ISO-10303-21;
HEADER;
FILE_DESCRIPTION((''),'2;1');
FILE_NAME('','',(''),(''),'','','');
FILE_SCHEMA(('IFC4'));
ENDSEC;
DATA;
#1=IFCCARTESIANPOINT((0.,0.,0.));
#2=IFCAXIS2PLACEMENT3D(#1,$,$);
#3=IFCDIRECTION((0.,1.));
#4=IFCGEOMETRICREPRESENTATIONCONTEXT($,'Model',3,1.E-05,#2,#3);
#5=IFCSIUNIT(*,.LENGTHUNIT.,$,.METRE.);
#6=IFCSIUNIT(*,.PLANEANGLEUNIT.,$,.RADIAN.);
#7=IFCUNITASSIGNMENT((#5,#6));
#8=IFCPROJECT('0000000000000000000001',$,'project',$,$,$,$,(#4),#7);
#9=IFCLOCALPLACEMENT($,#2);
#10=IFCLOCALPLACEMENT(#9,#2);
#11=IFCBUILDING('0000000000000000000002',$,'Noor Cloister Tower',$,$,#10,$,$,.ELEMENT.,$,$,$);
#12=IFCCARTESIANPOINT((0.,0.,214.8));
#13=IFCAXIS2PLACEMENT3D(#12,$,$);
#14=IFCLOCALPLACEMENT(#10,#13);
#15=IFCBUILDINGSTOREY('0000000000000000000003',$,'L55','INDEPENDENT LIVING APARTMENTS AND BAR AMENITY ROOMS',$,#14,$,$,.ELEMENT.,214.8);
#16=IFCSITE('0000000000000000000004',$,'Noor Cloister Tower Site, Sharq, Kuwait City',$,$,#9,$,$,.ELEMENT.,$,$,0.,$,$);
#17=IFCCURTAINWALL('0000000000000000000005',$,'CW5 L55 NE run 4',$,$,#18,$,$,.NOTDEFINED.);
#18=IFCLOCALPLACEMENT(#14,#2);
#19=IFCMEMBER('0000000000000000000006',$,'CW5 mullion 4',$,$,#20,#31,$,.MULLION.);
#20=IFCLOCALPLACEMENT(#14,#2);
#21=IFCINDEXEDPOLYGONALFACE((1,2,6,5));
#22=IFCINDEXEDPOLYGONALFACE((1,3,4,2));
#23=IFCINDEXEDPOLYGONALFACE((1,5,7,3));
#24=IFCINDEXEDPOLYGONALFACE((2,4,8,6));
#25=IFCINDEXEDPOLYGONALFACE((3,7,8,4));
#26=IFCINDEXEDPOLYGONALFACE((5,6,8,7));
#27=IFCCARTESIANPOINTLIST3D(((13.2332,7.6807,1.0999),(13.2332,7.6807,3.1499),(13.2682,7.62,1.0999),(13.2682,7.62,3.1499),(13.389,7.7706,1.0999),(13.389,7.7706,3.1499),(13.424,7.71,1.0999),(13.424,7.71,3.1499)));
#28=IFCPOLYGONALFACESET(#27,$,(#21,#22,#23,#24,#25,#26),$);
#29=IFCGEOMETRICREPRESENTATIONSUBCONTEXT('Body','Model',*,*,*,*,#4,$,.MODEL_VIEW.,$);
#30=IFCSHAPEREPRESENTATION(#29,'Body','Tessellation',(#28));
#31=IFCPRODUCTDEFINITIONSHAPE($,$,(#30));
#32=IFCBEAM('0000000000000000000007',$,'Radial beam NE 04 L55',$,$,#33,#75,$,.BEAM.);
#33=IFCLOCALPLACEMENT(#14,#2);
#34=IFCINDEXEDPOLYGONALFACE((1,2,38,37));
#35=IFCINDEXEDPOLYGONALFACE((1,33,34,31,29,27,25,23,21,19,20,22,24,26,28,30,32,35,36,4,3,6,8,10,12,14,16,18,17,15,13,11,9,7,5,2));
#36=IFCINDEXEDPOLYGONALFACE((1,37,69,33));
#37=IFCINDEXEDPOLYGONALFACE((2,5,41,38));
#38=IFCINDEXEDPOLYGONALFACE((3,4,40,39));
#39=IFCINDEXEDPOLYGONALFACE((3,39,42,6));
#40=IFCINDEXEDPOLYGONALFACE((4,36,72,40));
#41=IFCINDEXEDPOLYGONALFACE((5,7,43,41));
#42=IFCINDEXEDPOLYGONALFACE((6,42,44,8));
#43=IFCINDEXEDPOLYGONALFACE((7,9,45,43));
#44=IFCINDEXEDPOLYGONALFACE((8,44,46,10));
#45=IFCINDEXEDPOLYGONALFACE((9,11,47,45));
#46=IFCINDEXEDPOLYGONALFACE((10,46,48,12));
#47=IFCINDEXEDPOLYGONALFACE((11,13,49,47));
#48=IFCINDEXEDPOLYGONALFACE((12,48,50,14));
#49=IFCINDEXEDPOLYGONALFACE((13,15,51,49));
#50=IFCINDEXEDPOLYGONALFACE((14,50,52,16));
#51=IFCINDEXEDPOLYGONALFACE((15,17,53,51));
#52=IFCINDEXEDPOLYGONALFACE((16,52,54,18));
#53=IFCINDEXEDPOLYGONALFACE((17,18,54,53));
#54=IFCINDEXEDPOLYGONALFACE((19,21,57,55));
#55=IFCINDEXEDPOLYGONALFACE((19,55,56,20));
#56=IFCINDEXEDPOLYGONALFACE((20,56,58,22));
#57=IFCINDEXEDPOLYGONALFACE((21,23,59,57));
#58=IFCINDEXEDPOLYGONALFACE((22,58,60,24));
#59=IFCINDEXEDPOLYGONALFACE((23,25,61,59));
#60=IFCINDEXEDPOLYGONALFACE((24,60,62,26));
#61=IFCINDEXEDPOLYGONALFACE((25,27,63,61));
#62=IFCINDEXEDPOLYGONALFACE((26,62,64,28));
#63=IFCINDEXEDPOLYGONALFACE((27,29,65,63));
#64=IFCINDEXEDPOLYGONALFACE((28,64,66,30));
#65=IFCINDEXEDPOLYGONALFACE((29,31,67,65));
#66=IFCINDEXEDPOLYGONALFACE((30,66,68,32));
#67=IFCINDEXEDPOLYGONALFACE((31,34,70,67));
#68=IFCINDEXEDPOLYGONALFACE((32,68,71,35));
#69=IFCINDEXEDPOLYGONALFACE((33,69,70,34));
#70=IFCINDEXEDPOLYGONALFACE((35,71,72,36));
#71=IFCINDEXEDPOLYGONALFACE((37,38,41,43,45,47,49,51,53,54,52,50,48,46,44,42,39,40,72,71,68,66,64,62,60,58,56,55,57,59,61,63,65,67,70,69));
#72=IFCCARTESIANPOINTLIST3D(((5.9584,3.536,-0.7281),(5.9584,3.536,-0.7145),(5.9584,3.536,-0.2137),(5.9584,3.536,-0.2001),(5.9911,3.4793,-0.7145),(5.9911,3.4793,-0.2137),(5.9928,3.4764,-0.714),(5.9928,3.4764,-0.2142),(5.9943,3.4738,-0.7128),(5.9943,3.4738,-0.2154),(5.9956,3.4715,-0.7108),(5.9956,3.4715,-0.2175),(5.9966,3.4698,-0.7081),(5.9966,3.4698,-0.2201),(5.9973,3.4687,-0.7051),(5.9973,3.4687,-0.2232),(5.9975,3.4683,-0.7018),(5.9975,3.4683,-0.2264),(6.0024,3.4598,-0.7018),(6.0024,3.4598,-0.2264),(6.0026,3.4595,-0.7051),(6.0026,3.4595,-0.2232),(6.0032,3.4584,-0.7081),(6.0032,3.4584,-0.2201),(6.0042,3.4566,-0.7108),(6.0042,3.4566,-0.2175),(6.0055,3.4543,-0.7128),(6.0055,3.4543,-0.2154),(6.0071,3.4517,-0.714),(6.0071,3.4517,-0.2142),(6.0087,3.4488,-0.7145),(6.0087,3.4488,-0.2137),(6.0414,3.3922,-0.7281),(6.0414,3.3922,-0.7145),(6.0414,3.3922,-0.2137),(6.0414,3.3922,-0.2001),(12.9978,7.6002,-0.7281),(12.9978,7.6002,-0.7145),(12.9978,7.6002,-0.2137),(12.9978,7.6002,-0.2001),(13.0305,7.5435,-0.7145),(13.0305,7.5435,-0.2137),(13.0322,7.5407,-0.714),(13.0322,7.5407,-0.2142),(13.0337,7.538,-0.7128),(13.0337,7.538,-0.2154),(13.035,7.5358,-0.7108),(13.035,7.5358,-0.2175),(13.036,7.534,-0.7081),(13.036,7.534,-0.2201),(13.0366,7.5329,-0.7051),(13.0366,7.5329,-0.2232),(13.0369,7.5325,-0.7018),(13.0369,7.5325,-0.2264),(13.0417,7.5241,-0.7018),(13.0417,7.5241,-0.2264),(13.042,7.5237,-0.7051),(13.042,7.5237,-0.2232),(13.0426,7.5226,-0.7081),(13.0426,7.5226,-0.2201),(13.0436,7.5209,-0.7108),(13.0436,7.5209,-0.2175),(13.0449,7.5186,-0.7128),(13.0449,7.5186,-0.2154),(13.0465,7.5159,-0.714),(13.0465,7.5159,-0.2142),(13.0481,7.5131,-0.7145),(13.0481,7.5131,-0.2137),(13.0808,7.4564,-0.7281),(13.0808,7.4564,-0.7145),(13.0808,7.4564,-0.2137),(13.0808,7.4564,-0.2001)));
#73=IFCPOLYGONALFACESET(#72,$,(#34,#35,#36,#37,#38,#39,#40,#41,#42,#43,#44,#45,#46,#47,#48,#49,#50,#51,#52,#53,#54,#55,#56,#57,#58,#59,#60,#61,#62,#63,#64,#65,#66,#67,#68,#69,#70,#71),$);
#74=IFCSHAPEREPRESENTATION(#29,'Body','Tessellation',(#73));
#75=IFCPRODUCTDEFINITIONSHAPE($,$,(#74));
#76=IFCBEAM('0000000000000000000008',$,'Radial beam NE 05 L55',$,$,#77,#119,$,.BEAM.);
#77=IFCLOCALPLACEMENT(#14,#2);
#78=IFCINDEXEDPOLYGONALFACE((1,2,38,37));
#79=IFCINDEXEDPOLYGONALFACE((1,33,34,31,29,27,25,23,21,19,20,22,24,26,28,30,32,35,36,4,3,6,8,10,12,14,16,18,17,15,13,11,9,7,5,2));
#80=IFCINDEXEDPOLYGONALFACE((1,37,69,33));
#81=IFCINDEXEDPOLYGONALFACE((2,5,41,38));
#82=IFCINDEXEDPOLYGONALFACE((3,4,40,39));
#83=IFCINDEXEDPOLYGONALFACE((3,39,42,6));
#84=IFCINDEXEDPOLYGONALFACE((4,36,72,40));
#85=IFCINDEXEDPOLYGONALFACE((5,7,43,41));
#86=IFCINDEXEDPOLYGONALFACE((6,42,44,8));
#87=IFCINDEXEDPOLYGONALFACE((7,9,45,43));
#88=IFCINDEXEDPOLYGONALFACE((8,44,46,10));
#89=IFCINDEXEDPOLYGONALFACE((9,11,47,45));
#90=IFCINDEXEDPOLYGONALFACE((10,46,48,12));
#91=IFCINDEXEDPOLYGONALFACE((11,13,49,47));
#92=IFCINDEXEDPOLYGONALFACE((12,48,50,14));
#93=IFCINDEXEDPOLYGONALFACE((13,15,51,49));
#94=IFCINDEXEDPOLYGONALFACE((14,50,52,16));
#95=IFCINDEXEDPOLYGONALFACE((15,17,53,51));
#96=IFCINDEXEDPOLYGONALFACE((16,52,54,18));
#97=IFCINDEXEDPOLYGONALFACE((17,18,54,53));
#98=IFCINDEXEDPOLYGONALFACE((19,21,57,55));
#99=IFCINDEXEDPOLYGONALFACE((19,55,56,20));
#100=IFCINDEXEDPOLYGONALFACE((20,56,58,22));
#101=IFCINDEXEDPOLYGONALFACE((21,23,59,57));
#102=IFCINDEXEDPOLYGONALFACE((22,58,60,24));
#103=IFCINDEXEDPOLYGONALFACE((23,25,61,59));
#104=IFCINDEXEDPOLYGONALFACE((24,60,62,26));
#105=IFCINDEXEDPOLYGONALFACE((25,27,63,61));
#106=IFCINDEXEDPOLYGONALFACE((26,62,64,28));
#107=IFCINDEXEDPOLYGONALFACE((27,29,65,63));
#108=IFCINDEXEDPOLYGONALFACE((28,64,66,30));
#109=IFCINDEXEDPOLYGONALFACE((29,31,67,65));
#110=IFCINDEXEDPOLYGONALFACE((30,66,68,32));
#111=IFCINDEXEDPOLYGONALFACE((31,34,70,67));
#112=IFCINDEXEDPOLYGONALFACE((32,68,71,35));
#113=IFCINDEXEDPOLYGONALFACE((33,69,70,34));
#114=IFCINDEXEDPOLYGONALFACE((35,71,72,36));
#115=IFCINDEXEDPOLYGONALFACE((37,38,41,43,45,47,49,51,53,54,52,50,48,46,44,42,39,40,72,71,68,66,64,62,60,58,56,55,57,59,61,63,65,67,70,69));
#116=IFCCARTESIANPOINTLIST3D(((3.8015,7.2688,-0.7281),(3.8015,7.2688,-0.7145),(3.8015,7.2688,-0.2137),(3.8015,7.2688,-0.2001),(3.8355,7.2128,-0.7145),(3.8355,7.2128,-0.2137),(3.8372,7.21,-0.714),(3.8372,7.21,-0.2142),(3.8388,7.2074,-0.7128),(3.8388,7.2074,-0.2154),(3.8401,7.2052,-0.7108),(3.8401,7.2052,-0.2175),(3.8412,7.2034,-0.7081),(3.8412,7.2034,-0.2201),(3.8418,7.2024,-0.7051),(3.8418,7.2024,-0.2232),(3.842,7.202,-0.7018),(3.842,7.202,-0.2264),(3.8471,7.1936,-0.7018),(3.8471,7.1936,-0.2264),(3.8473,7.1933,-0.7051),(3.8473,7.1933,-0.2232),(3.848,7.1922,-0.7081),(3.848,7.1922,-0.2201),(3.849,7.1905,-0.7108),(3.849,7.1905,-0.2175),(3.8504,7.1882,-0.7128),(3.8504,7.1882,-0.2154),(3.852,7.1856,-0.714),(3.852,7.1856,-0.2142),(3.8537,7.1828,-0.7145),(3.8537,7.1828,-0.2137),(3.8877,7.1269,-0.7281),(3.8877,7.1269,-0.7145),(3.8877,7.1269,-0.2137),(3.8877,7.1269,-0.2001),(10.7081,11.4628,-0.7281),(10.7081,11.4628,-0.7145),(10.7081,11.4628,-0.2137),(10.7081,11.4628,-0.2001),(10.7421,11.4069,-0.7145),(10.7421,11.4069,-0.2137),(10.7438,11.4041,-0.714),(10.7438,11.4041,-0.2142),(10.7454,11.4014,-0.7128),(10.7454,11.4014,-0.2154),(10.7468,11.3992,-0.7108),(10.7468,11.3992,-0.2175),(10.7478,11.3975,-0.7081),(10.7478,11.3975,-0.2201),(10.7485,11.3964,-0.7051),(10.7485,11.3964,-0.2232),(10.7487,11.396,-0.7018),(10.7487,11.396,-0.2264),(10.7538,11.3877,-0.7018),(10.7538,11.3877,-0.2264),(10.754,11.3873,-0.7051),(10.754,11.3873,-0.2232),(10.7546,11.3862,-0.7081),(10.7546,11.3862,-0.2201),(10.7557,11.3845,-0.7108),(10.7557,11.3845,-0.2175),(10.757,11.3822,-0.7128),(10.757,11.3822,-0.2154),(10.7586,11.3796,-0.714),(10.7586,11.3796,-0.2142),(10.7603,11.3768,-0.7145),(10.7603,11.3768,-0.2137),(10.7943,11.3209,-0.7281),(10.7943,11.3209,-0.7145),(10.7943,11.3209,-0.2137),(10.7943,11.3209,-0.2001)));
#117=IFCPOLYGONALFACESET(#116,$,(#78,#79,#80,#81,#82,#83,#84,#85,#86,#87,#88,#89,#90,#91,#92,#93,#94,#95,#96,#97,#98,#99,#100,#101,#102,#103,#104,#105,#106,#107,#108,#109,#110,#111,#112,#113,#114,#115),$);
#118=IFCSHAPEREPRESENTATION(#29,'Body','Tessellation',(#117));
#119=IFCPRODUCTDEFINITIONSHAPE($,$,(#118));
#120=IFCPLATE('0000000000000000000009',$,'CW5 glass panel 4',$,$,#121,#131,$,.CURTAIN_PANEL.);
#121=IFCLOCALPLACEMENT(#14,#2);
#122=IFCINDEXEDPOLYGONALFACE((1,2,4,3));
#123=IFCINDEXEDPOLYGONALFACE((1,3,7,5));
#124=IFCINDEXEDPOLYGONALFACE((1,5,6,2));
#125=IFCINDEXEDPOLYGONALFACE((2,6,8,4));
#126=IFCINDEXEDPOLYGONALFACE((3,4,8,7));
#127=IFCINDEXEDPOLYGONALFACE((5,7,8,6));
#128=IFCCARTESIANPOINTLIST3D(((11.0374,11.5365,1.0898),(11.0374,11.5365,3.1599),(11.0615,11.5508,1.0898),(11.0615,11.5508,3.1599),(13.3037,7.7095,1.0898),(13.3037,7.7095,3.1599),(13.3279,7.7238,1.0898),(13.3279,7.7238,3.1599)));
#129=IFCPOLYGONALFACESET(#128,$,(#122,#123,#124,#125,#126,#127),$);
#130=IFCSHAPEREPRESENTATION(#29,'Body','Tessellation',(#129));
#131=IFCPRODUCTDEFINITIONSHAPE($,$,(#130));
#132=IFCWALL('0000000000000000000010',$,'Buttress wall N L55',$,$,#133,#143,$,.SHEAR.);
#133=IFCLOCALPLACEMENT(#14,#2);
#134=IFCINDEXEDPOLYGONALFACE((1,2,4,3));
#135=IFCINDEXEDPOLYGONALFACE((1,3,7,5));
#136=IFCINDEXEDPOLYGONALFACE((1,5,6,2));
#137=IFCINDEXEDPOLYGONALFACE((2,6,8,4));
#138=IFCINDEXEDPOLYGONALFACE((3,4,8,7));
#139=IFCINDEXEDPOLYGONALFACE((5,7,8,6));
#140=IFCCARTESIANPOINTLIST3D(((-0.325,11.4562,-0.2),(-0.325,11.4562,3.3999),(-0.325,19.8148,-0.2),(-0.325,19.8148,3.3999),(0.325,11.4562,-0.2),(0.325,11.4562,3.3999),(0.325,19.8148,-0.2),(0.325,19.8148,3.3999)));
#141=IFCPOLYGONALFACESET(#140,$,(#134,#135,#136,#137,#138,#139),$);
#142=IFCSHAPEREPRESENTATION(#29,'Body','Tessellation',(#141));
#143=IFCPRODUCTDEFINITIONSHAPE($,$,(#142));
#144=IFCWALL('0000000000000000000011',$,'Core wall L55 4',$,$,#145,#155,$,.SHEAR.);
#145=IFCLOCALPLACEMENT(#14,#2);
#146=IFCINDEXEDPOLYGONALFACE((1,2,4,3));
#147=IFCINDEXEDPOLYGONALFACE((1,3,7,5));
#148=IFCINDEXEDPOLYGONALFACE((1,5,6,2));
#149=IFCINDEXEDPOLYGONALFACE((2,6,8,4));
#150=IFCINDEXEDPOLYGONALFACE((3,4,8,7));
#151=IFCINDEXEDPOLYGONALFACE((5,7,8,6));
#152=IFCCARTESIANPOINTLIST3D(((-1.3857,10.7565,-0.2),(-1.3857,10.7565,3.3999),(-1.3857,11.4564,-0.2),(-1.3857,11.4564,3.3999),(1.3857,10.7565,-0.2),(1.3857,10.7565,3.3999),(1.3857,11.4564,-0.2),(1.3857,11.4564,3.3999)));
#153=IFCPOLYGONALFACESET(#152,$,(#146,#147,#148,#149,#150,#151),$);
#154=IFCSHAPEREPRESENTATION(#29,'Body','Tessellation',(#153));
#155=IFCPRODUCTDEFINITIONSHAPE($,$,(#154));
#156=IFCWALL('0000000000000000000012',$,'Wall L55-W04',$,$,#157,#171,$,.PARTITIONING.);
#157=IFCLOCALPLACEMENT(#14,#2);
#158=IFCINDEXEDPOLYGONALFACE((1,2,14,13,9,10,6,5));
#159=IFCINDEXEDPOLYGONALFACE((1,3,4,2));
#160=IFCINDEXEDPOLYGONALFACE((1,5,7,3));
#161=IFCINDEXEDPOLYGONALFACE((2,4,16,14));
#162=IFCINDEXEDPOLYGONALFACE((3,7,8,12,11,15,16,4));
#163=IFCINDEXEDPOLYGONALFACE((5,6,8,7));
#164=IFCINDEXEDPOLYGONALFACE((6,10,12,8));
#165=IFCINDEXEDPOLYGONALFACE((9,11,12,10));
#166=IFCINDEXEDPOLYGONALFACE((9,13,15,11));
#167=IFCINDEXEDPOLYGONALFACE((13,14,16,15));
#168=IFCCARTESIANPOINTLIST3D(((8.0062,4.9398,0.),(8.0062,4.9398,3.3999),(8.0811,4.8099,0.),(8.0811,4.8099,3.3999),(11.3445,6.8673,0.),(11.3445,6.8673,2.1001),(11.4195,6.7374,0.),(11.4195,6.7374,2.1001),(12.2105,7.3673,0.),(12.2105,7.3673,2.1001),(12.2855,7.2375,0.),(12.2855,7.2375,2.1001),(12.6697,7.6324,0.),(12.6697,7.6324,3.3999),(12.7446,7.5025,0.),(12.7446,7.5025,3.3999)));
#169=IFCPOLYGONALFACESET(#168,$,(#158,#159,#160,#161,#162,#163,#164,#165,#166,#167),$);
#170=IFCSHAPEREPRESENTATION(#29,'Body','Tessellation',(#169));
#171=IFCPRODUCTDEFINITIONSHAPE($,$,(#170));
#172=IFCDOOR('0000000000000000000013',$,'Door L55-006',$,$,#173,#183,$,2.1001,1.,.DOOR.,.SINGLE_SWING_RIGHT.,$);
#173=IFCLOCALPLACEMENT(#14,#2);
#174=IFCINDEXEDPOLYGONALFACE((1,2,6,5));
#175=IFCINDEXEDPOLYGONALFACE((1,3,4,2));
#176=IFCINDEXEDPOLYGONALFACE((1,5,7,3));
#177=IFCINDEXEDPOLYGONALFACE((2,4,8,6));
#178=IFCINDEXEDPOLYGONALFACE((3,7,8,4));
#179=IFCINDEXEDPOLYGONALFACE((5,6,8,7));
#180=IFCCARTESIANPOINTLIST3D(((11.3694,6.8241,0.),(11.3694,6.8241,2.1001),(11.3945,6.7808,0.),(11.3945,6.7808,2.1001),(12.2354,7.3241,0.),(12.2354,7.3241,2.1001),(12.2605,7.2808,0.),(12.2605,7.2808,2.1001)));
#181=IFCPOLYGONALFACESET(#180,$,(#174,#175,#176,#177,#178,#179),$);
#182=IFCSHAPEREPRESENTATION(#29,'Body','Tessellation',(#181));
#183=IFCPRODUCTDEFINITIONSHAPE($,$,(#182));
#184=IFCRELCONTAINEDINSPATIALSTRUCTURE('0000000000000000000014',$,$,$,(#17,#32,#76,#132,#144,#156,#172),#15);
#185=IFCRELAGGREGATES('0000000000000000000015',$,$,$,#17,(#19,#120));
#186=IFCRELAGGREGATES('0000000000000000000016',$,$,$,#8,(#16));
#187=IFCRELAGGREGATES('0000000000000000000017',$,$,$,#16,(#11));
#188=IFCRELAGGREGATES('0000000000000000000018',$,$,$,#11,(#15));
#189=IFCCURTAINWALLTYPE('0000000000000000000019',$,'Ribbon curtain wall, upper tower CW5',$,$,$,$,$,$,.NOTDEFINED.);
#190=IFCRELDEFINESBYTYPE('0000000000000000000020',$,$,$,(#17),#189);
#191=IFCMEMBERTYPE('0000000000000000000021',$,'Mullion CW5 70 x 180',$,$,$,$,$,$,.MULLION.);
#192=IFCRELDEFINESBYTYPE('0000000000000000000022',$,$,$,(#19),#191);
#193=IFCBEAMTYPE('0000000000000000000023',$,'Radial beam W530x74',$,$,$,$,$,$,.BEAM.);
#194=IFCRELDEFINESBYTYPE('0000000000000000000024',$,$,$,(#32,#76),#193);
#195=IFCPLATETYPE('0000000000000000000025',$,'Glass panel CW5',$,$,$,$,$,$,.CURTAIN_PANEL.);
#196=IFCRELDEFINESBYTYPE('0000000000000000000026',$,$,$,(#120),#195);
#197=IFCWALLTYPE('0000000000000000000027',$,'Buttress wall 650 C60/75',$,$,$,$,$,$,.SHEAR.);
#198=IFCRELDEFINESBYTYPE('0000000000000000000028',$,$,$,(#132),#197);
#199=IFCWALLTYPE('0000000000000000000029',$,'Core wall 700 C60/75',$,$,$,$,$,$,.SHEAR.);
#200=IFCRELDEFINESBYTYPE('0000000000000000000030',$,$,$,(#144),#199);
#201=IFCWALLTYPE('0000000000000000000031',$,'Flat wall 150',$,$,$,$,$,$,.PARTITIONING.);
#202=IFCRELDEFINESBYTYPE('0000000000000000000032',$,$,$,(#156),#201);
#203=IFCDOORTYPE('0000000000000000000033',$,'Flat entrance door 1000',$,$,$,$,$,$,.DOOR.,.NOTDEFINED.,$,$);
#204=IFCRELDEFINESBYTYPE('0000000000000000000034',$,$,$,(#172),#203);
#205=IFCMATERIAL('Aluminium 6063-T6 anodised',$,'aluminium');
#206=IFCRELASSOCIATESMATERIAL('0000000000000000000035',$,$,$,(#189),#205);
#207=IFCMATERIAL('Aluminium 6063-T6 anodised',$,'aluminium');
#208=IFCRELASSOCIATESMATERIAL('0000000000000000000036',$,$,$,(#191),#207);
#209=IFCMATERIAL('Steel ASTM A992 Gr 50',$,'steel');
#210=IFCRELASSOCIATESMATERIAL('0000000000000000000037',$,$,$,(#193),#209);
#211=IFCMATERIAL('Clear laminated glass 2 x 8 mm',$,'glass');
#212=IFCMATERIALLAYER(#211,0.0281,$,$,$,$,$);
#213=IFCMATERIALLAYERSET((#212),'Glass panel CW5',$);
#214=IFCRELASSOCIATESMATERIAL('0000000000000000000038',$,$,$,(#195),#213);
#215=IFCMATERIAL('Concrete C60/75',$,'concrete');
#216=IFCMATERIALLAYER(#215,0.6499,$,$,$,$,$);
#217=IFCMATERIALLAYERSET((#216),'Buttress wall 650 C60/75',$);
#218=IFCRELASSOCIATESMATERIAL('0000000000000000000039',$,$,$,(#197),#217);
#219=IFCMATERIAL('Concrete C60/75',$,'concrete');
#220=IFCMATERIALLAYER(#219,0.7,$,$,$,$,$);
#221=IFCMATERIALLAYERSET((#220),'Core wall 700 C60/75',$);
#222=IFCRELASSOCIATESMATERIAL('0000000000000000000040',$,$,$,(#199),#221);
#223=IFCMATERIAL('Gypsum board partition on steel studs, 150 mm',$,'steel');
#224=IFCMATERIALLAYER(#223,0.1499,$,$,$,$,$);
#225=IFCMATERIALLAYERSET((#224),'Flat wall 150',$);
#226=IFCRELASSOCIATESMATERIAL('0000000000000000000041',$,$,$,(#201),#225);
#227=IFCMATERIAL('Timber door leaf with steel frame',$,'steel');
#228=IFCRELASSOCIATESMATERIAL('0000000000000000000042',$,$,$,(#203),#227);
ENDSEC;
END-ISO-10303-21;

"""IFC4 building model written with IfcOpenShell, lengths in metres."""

from ifc_helpers import new_model, si_unit, direction, frame, frame_2d, origin, origin_2d, place, context, subcontext, project, spatial, rectangle, i_section, extrude, material, layer, layer_set, material_profile, profile_set, type_object, element, fill, aggregate, save


model = new_model("IFC4")

# Units and contexts
model_context = context("Model", 3, precision=1e-05, world=origin(), true_north=direction((0.0, 1.0)))
body_context = subcontext(model_context, "Body", "Model", "MODEL_VIEW")
ifc_project = project(units=[si_unit("LENGTHUNIT", "METRE"), si_unit("PLANEANGLEUNIT", "RADIAN")], contexts=[model_context])

# Site, building, storey
site_placement = place(None, origin())
site = spatial("IfcSite", under=ifc_project, at=site_placement, Name="Noor Cloister Tower Site, Sharq, Kuwait City", CompositionType="ELEMENT", RefElevation=0.0)
building_placement = place(site_placement, origin())
building = spatial("IfcBuilding", under=site, at=building_placement, Name="Noor Cloister Tower", CompositionType="ELEMENT")
storey_placement = place(building_placement, frame((0.0, 0.0, 214.8)))
storey = spatial("IfcBuildingStorey", under=building, at=storey_placement, Name="L55", Description="INDEPENDENT LIVING APARTMENTS AND BAR AMENITY ROOMS", CompositionType="ELEMENT", Elevation=214.8)

# Curtain wall, member
ifc_material_1 = material(Name="Aluminium 6063-T6 anodised", Category="aluminium")
curtain_wall_type = type_object("IfcCurtainWallType", Name="Ribbon curtain wall, upper tower CW5", PredefinedType="NOTDEFINED", material=ifc_material_1)
curtain_wall_placement = place(storey_placement, origin())
curtain_wall = element("IfcCurtainWall", 1, at=curtain_wall_placement, inside=storey, type_object=curtain_wall_type, Name="CW5 L55 NE run 4", PredefinedType="NOTDEFINED")
ifc_material_2 = material(Name="Aluminium 6063-T6 anodised", Category="aluminium")
ifc_material_profile_1 = material_profile(ifc_material_2, rectangle(XDim=0.1799, YDim=0.0701, at=origin_2d()), Name="180 x 70 mullion")
ifc_profile_set_1 = profile_set([ifc_material_profile_1], Name="Aluminium 6063-T6 anodised")
member_type = type_object("IfcMemberType", Name="Mullion CW5 70 x 180", PredefinedType="MULLION", material=ifc_profile_set_1)
member_placement = place(storey_placement, frame((13.3286, 7.6953, 1.0999), z_axis=(0.0, 0.0, 1.0), x_axis=(-0.866025, -0.5, 0.0)))
member = element("IfcMember", 2, at=member_placement, type_object=member_type, Name="CW5 mullion 4", PredefinedType="MULLION", context=body_context, shape_type="SweptSolid", body=[
    extrude(rectangle(XDim=0.1799, YDim=0.0701, at=origin_2d()), origin(), (0.0, 0.0, 1.0), 2.05),
])

# Beams
ifc_material_3 = material(Name="Steel ASTM A992 Gr 50", Category="steel")
ifc_material_profile_2 = material_profile(ifc_material_3, i_section(OverallWidth=0.166, OverallDepth=0.5281, WebThickness=0.0098, FlangeThickness=0.0137, FilletRadius=0.0127, at=origin_2d()), Name="W530x74")
ifc_profile_set_2 = profile_set([ifc_material_profile_2], Name="Steel ASTM A992 Gr 50")
beam_type_1 = type_object("IfcBeamType", Name="Radial beam W530x74", PredefinedType="BEAM", material=ifc_profile_set_2)
beam_1_placement = place(storey_placement, frame((13.0393, 7.5283, -0.4641), z_axis=(-0.866022, -0.500006, 0.0), x_axis=(0.500006, -0.866022, 0.0)))
element("IfcBeam", 3, at=beam_1_placement, inside=storey, type_object=beam_type_1, Name="Radial beam NE 04 L55", PredefinedType="BEAM", context=body_context, shape_type="SweptSolid", body=[
    extrude(i_section(OverallWidth=0.166, OverallDepth=0.5281, WebThickness=0.0098, FlangeThickness=0.0137, FilletRadius=0.0127, at=origin_2d()), origin(), (0.0, 0.0, 1.0), 8.1284),
])
beam_2_placement = place(storey_placement, frame((10.7512, 11.3918, -0.4641), z_axis=(-0.854748, -0.519043, 0.0), x_axis=(0.519043, -0.854748, 0.0)))
element("IfcBeam", 4, at=beam_2_placement, inside=storey, type_object=beam_type_1, Name="Radial beam NE 05 L55", PredefinedType="BEAM", context=body_context, shape_type="SweptSolid", body=[
    extrude(i_section(OverallWidth=0.166, OverallDepth=0.5281, WebThickness=0.0098, FlangeThickness=0.0137, FilletRadius=0.0127, at=origin_2d()), origin(), (0.0, 0.0, 1.0), 8.0803),
])

# Plate
ifc_material_4 = material(Name="Clear laminated glass 2 x 8 mm", Category="glass")
ifc_layer_1 = layer(ifc_material_4, 0.0281)
ifc_layer_set_1 = layer_set([ifc_layer_1], Name="Glass panel CW5")
plate_type = type_object("IfcPlateType", Name="Glass panel CW5", PredefinedType="CURTAIN_PANEL", material=ifc_layer_set_1)
plate_placement = place(storey_placement, frame((12.1826, 9.6301, 1.0898), z_axis=(0.0, 0.0, 1.0), x_axis=(-0.509553, 0.860439, 0.0)))
plate = element("IfcPlate", 5, at=plate_placement, type_object=plate_type, Name="CW5 glass panel 4", PredefinedType="CURTAIN_PANEL", context=body_context, shape_type="SweptSolid", body=[
    extrude(rectangle(XDim=4.4478, YDim=0.0281, at=origin_2d()), origin(), (0.0, 0.0, 1.0), 2.0701),
])
aggregate(curtain_wall, [member, plate])

# Walls
ifc_material_5 = material(Name="Concrete C60/75", Category="concrete")
ifc_layer_2 = layer(ifc_material_5, 0.6499)
ifc_layer_set_2 = layer_set([ifc_layer_2], Name="Buttress wall 650 C60/75")
wall_type_1 = type_object("IfcWallType", Name="Buttress wall 650 C60/75", PredefinedType="SHEAR", material=ifc_layer_set_2)
wall_1_placement = place(storey_placement, frame((0.0, 11.4563, -0.2), z_axis=(0.0, 0.0, 1.0), x_axis=(0.0, 1.0, 0.0)))
element("IfcWall", 6, at=wall_1_placement, inside=storey, type_object=wall_type_1, Name="Buttress wall N L55", PredefinedType="SHEAR", context=body_context, shape_type="SweptSolid", body=[
    extrude(rectangle(XDim=8.3586, YDim=0.6499, at=frame_2d((4.1792, 0.0))), origin(), (0.0, 0.0, 1.0), 3.5999),
])
ifc_material_6 = material(Name="Concrete C60/75", Category="concrete")
ifc_layer_3 = layer(ifc_material_6, 0.7)
ifc_layer_set_3 = layer_set([ifc_layer_3], Name="Core wall 700 C60/75")
wall_type_2 = type_object("IfcWallType", Name="Core wall 700 C60/75", PredefinedType="SHEAR", material=ifc_layer_set_3)
wall_2_placement = place(storey_placement, frame((1.3857, 11.1064, -0.2), z_axis=(0.0, 0.0, 1.0), x_axis=(-1.0, 0.0, 0.0)))
element("IfcWall", 7, at=wall_2_placement, inside=storey, type_object=wall_type_2, Name="Core wall L55 4", PredefinedType="SHEAR", context=body_context, shape_type="SweptSolid", body=[
    extrude(rectangle(XDim=2.7715, YDim=0.7, at=frame_2d((1.3857, 0.0))), origin(), (0.0, 0.0, 1.0), 3.5999),
])

# Wall, opening, door
ifc_material_7 = material(Name="Gypsum board partition on steel studs, 150 mm", Category="steel")
ifc_layer_4 = layer(ifc_material_7, 0.1499)
ifc_layer_set_4 = layer_set([ifc_layer_4], Name="Flat wall 150")
wall_type_3 = type_object("IfcWallType", Name="Flat wall 150", PredefinedType="PARTITIONING", material=ifc_layer_set_4)
wall_3_placement = place(storey_placement, frame((12.707, 7.5674, 0.0), z_axis=(0.0, 0.0, 1.0), x_axis=(-0.866016, -0.500015, 0.0)))
wall_3 = element("IfcWall", 8, at=wall_3_placement, inside=storey, type_object=wall_type_3, Name="Wall L55-W04", PredefinedType="PARTITIONING", context=body_context, shape_type="SweptSolid", body=[
    extrude(rectangle(XDim=5.385, YDim=0.1499, at=frame_2d((2.6924, 0.0))), origin(), (0.0, 0.0, 1.0), 3.3999),
])
opening_1_placement = place(wall_3_placement, frame((0.53, 0.0, 0.0)))
opening_1 = element("IfcOpeningElement", 9, at=opening_1_placement, cuts=wall_3, PredefinedType="OPENING", context=body_context, shape_type="SweptSolid", body=[
    extrude(rectangle(XDim=1.0, YDim=2.1001, at=frame_2d((0.5, 1.05))), frame((0.0, 0.085, 0.0), z_axis=(0.0, -1.0, 0.0), x_axis=(1.0, 0.0, 0.0)), (0.0, 0.0, 1.0), 0.1699),
])
ifc_material_8 = material(Name="Timber door leaf with steel frame", Category="steel")
door_type_1 = type_object("IfcDoorType", Name="Flat entrance door 1000", OperationType="NOTDEFINED", PredefinedType="DOOR", material=ifc_material_8)
door_1_placement = place(opening_1_placement, origin())
door_1 = element("IfcDoor", 10, at=door_1_placement, inside=storey, type_object=door_type_1, Name="Door L55-006", OperationType="SINGLE_SWING_RIGHT", OverallHeight=2.1001, OverallWidth=1.0, PredefinedType="DOOR", context=body_context, shape_type="SweptSolid", body=[
    extrude(rectangle(XDim=1.0, YDim=2.1001, at=frame_2d((0.5, 1.05))), frame((0.0, 0.0249, 0.0), z_axis=(0.0, -1.0, 0.0), x_axis=(1.0, 0.0, 0.0)), (0.0, 0.0, 1.0), 0.05),
])
fill(opening_1, door_1)

save(model, "model.ifc")
